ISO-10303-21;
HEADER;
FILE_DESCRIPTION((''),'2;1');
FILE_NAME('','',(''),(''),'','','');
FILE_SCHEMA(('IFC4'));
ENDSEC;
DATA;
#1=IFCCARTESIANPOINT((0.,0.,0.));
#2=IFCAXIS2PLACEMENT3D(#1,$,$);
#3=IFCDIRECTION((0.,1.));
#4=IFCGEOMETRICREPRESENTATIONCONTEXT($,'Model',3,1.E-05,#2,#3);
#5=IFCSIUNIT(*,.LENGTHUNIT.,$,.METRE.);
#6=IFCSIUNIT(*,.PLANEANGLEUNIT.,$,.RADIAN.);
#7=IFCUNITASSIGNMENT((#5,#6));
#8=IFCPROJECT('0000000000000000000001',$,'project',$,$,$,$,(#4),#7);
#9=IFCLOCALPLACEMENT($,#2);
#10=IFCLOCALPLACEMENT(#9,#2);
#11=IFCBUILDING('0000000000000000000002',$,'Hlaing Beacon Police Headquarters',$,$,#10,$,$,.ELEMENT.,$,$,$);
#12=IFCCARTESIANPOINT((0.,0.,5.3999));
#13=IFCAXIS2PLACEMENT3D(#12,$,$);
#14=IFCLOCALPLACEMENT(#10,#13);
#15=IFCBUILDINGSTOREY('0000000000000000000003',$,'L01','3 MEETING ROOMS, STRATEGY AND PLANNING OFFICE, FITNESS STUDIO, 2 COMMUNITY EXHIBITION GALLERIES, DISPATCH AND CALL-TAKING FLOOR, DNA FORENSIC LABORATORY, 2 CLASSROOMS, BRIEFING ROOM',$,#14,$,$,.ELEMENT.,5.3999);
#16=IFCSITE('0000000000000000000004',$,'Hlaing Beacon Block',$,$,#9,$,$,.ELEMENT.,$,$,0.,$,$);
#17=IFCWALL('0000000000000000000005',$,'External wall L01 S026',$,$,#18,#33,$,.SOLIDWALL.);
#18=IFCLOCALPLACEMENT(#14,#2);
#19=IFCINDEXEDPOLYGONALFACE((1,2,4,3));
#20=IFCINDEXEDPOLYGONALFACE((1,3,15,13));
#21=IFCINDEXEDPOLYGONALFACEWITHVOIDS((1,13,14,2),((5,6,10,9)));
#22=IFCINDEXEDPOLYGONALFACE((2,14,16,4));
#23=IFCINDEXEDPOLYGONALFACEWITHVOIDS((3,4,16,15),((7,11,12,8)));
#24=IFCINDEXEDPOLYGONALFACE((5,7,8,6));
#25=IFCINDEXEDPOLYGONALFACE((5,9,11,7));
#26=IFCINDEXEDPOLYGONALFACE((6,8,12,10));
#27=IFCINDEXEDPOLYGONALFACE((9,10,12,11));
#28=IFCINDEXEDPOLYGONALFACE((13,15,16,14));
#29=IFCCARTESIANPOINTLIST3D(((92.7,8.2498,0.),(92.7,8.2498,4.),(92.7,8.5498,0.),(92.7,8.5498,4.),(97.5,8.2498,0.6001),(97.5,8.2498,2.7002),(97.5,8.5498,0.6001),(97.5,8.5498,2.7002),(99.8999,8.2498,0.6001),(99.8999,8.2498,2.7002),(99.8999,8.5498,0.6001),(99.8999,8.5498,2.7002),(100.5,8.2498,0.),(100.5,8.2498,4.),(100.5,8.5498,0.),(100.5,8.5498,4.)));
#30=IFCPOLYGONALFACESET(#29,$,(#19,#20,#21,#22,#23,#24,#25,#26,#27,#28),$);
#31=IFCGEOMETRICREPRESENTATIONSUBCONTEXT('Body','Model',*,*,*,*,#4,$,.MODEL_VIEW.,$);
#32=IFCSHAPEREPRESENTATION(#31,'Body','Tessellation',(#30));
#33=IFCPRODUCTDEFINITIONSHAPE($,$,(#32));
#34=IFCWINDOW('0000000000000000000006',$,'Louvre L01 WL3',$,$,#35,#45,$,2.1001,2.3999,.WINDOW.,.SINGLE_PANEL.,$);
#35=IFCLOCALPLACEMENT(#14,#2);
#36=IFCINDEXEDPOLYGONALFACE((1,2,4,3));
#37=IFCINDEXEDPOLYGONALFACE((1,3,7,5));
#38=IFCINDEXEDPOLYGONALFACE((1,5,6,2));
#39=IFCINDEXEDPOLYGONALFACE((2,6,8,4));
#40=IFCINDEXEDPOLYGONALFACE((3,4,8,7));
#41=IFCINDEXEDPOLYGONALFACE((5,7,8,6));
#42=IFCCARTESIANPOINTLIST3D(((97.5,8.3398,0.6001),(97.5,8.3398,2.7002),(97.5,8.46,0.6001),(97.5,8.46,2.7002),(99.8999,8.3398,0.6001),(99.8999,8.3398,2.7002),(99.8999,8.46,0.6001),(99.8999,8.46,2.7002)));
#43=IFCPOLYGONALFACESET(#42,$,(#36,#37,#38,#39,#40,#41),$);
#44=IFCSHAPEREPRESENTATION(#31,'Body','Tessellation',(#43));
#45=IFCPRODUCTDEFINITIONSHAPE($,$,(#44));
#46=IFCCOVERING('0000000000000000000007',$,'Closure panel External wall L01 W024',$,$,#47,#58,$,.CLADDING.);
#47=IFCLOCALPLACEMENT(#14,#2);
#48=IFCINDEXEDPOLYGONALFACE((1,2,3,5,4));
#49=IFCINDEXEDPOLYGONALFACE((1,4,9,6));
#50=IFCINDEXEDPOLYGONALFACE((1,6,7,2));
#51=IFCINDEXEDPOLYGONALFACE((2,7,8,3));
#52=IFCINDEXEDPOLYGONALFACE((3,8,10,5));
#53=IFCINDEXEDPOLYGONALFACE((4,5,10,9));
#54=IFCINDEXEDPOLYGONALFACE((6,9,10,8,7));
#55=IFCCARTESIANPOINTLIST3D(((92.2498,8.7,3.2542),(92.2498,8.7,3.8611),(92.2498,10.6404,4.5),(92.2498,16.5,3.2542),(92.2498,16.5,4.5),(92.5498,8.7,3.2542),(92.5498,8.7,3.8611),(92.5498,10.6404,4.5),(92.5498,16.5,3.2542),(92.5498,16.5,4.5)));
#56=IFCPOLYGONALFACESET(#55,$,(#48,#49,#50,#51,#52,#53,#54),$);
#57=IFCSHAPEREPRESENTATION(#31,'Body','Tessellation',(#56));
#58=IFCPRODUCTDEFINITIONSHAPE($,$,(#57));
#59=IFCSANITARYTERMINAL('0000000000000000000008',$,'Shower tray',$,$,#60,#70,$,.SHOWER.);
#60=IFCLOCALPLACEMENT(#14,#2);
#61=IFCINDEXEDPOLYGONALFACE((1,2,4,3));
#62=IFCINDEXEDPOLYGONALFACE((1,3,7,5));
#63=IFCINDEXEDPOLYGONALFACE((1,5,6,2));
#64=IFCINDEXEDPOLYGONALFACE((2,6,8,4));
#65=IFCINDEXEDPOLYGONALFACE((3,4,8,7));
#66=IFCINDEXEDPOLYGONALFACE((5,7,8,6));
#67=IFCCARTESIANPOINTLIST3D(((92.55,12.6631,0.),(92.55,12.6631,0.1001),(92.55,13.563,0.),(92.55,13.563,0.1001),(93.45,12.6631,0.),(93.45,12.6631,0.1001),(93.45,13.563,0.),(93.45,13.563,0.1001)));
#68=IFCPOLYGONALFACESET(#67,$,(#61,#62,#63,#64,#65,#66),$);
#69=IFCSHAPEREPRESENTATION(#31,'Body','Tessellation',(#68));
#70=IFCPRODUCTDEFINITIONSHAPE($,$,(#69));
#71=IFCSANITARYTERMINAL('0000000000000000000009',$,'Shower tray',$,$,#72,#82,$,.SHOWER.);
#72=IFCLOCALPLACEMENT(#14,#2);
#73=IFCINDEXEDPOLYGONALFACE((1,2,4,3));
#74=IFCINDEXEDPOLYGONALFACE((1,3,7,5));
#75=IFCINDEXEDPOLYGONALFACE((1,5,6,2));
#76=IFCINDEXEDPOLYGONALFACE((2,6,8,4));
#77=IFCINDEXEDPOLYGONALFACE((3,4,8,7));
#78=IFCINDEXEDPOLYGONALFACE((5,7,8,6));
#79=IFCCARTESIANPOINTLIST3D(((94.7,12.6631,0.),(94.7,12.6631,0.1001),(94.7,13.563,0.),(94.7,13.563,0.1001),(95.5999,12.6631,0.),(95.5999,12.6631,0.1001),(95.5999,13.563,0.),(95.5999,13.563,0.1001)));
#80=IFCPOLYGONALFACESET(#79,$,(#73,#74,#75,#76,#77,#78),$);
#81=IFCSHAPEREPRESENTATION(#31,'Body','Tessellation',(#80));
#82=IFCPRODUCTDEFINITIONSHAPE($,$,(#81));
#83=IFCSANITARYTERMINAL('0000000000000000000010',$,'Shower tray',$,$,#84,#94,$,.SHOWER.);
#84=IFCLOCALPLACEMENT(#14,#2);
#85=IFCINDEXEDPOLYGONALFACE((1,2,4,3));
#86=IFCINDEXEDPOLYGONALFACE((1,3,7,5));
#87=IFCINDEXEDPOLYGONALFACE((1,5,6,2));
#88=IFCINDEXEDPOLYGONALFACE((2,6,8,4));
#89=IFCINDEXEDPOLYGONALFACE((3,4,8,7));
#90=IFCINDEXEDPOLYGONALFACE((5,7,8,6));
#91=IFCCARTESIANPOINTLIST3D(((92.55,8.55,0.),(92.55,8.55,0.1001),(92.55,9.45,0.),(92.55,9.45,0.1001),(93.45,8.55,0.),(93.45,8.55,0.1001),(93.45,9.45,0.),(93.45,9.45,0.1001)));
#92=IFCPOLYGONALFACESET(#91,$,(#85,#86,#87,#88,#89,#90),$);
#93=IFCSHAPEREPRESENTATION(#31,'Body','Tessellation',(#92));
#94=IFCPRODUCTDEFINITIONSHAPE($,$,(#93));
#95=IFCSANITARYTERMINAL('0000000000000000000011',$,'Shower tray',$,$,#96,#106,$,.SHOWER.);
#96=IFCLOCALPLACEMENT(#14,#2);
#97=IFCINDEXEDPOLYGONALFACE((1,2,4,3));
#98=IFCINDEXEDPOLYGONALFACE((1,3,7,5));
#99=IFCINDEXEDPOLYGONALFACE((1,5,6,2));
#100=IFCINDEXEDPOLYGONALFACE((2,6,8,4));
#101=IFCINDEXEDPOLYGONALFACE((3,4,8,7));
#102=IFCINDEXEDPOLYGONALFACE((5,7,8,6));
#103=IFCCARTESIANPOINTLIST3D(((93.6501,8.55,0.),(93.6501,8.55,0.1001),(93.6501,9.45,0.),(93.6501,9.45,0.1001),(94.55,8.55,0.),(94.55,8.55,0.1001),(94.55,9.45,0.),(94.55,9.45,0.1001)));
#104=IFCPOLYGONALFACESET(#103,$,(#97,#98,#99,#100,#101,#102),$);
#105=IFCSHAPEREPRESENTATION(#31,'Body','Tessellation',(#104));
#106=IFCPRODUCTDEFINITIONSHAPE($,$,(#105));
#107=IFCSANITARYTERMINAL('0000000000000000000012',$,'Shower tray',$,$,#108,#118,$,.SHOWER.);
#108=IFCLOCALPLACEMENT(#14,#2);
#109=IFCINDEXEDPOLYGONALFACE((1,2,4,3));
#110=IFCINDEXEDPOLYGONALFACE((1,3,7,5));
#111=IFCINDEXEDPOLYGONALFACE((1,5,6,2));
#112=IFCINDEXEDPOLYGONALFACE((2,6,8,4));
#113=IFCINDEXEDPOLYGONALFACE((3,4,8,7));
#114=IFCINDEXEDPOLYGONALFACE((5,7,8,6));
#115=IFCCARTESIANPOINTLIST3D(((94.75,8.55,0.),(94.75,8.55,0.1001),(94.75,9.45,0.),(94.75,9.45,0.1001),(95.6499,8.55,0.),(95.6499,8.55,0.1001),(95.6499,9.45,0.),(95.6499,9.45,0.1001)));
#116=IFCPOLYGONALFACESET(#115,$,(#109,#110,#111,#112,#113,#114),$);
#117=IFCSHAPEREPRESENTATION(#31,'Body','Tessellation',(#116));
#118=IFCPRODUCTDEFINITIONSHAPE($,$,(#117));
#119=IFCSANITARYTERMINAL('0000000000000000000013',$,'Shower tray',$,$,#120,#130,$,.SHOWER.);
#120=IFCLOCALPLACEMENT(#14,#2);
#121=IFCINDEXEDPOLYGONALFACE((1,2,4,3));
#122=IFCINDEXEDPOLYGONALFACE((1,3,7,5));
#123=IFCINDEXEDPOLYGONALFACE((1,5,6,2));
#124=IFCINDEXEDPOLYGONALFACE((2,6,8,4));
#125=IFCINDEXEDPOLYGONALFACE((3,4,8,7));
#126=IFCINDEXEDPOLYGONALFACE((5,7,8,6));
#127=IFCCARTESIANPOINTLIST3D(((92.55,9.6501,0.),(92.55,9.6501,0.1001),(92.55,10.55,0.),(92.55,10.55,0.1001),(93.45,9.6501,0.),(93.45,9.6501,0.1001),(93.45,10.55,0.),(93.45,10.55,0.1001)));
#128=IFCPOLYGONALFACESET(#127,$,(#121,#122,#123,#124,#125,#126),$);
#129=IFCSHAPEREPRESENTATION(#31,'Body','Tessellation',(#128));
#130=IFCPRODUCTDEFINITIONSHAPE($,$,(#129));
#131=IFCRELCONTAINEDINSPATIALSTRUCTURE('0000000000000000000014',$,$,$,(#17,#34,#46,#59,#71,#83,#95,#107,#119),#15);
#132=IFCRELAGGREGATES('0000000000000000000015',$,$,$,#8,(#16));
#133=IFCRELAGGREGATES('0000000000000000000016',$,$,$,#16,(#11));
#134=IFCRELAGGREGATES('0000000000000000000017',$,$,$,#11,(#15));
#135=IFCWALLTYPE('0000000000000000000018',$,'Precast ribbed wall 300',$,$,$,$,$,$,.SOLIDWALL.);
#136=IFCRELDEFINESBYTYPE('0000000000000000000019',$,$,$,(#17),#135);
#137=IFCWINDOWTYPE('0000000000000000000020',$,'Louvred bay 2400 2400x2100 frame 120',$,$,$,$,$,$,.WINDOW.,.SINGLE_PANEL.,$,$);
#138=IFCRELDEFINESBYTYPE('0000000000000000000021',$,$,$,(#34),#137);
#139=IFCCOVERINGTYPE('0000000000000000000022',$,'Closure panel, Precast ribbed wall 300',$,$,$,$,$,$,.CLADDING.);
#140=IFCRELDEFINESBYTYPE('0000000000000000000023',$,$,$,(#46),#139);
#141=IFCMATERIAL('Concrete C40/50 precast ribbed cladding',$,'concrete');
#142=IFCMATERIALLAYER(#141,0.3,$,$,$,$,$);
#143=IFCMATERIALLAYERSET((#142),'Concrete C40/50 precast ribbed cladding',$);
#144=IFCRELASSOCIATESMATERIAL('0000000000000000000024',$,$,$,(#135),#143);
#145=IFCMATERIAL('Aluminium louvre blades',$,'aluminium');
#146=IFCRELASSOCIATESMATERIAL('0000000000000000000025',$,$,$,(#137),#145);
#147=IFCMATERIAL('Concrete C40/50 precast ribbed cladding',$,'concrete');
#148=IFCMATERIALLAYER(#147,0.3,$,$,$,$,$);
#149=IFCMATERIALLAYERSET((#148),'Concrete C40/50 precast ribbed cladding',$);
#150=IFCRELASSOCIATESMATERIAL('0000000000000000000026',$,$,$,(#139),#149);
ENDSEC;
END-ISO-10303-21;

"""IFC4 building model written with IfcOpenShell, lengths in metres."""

from ifc_helpers import new_model, si_unit, direction, frame, frame_2d, origin, origin_2d, place, context, subcontext, project, spatial, polyline, rectangle, outline, extrude, material, layer, layer_set, type_object, element, fill, save


model = new_model("IFC4")

# Units and contexts
model_context = context("Model", 3, precision=1e-05, world=origin(), true_north=direction((0.0, 1.0)))
body_context = subcontext(model_context, "Body", "Model", "MODEL_VIEW")
ifc_project = project(units=[si_unit("LENGTHUNIT", "METRE"), si_unit("PLANEANGLEUNIT", "RADIAN")], contexts=[model_context])

# Site, building, storey
site_placement = place(None, origin())
site = spatial("IfcSite", under=ifc_project, at=site_placement, Name="Hlaing Beacon Block", CompositionType="ELEMENT", RefElevation=0.0)
building_placement = place(site_placement, origin())
building = spatial("IfcBuilding", under=site, at=building_placement, Name="Hlaing Beacon Police Headquarters", CompositionType="ELEMENT")
storey_placement = place(building_placement, frame((0.0, 0.0, 5.3999)))
storey = spatial("IfcBuildingStorey", under=building, at=storey_placement, Name="L01", Description="3 MEETING ROOMS, STRATEGY AND PLANNING OFFICE, FITNESS STUDIO, 2 COMMUNITY EXHIBITION GALLERIES, DISPATCH AND CALL-TAKING FLOOR, DNA FORENSIC LABORATORY, 2 CLASSROOMS, BRIEFING ROOM", CompositionType="ELEMENT", Elevation=5.3999)

# Shared definitions
ifc_material_1 = material(Name="Concrete C40/50 precast ribbed cladding", Category="concrete")
ifc_layer_1 = layer(ifc_material_1, 0.3)
ifc_layer_set_1 = layer_set([ifc_layer_1], Name="Concrete C40/50 precast ribbed cladding")
wall_type_1 = type_object("IfcWallType", Name="Precast ribbed wall 300", PredefinedType="SOLIDWALL", material=ifc_layer_set_1)

# Wall, opening, window
wall_1_placement = place(storey_placement, frame((92.7, 8.3999, 0.0), z_axis=(0.0, 0.0, 1.0), x_axis=(1.0, 0.0, 0.0)))
wall_1 = element("IfcWall", 1, at=wall_1_placement, inside=storey, type_object=wall_type_1, Name="External wall L01 S026", PredefinedType="SOLIDWALL", context=body_context, shape_type="SweptSolid", body=[
    extrude(outline(polyline([(0.0, 0.0), (7.8, 0.0), (7.8, 4.0), (0.0, 4.0), (0.0, 0.0)])), frame((0.0, 0.1499, 0.0), z_axis=(0.0, -1.0, 0.0), x_axis=(1.0, 0.0, 0.0)), (0.0, 0.0, 1.0), 0.3),
])
opening_1_placement = place(wall_1_placement, frame((4.8, 0.0, 0.6001)))
opening_1 = element("IfcOpeningElement", 2, at=opening_1_placement, cuts=wall_1, PredefinedType="OPENING", context=body_context, shape_type="SweptSolid", body=[
    extrude(rectangle(XDim=2.3999, YDim=2.1001, at=frame_2d((1.2, 1.05))), frame((0.0, 0.1602, 0.0), z_axis=(0.0, -1.0, 0.0), x_axis=(1.0, 0.0, 0.0)), (0.0, 0.0, 1.0), 0.3201),
])
ifc_material_2 = material(Name="Aluminium louvre blades", Category="aluminium")
window_type = type_object("IfcWindowType", Name="Louvred bay 2400 2400x2100 frame 120", PartitioningType="SINGLE_PANEL", PredefinedType="WINDOW", material=ifc_material_2)
window_placement = place(opening_1_placement, origin())
window = element("IfcWindow", 3, at=window_placement, inside=storey, type_object=window_type, Name="Louvre L01 WL3", OverallHeight=2.1001, OverallWidth=2.3999, PartitioningType="SINGLE_PANEL", PredefinedType="WINDOW", context=body_context, shape_type="SweptSolid", body=[
    extrude(rectangle(XDim=2.3999, YDim=2.1001, at=frame_2d((1.2, 1.05))), frame((0.0, 0.0601, 0.0), z_axis=(0.0, -1.0, 0.0), x_axis=(1.0, 0.0, 0.0)), (0.0, 0.0, 1.0), 0.1201),
])
fill(opening_1, window)

# Covering
ifc_material_3 = material(Name="Concrete C40/50 precast ribbed cladding", Category="concrete")
ifc_layer_2 = layer(ifc_material_3, 0.3)
ifc_layer_set_2 = layer_set([ifc_layer_2], Name="Concrete C40/50 precast ribbed cladding")
covering_type = type_object("IfcCoveringType", Name="Closure panel, Precast ribbed wall 300", PredefinedType="CLADDING", material=ifc_layer_set_2)
covering_placement = place(storey_placement, frame((92.3999, 16.5, 3.2542), z_axis=(0.0, 0.0, 1.0), x_axis=(0.0, -1.0, 0.0)))
element("IfcCovering", 4, at=covering_placement, inside=storey, type_object=covering_type, Name="Closure panel External wall L01 W024", PredefinedType="CLADDING", context=body_context, shape_type="SweptSolid", body=[
    extrude(outline(polyline([(0.0, 0.0), (7.8, 0.0), (7.8, 0.6069), (5.8596, 1.2458), (0.0, 1.2458), (0.0, 0.0)])), frame((0.0, 0.1499, 0.0), z_axis=(0.0, -1.0, 0.0), x_axis=(1.0, 0.0, 0.0)), (0.0, 0.0, 1.0), 0.3),
])

# Sanitary terminals
for number, where, z_axis, x_axis, name in (
    (5, (93.0, 13.113, 0.0), (0.0, 0.0, 1.0), (1.0, 0.0, 0.0), "Shower tray"),
    (6, (95.1499, 13.113, 0.0), (0.0, 0.0, 1.0), (1.0, 0.0, 0.0), "Shower tray"),
    (7, (93.0, 9.0, 0.0), (0.0, 0.0, 1.0), (1.0, 0.0, 0.0), "Shower tray"),
    (8, (94.1001, 9.0, 0.0), (0.0, 0.0, 1.0), (1.0, 0.0, 0.0), "Shower tray"),
    (9, (95.2, 9.0, 0.0), (0.0, 0.0, 1.0), (1.0, 0.0, 0.0), "Shower tray"),
    (10, (93.0, 10.1001, 0.0), (0.0, 0.0, 1.0), (1.0, 0.0, 0.0), "Shower tray"),
):
    element("IfcSanitaryTerminal", number, at=place(storey_placement, frame(where, z_axis=z_axis, x_axis=x_axis)), inside=storey, Name=name, PredefinedType="SHOWER", context=body_context, shape_type="SweptSolid", body=[
        extrude(rectangle(XDim=0.8999, YDim=0.8999, at=origin_2d()), origin(), (0.0, 0.0, 1.0), 0.1001),
    ])

save(model, "model.ifc")
